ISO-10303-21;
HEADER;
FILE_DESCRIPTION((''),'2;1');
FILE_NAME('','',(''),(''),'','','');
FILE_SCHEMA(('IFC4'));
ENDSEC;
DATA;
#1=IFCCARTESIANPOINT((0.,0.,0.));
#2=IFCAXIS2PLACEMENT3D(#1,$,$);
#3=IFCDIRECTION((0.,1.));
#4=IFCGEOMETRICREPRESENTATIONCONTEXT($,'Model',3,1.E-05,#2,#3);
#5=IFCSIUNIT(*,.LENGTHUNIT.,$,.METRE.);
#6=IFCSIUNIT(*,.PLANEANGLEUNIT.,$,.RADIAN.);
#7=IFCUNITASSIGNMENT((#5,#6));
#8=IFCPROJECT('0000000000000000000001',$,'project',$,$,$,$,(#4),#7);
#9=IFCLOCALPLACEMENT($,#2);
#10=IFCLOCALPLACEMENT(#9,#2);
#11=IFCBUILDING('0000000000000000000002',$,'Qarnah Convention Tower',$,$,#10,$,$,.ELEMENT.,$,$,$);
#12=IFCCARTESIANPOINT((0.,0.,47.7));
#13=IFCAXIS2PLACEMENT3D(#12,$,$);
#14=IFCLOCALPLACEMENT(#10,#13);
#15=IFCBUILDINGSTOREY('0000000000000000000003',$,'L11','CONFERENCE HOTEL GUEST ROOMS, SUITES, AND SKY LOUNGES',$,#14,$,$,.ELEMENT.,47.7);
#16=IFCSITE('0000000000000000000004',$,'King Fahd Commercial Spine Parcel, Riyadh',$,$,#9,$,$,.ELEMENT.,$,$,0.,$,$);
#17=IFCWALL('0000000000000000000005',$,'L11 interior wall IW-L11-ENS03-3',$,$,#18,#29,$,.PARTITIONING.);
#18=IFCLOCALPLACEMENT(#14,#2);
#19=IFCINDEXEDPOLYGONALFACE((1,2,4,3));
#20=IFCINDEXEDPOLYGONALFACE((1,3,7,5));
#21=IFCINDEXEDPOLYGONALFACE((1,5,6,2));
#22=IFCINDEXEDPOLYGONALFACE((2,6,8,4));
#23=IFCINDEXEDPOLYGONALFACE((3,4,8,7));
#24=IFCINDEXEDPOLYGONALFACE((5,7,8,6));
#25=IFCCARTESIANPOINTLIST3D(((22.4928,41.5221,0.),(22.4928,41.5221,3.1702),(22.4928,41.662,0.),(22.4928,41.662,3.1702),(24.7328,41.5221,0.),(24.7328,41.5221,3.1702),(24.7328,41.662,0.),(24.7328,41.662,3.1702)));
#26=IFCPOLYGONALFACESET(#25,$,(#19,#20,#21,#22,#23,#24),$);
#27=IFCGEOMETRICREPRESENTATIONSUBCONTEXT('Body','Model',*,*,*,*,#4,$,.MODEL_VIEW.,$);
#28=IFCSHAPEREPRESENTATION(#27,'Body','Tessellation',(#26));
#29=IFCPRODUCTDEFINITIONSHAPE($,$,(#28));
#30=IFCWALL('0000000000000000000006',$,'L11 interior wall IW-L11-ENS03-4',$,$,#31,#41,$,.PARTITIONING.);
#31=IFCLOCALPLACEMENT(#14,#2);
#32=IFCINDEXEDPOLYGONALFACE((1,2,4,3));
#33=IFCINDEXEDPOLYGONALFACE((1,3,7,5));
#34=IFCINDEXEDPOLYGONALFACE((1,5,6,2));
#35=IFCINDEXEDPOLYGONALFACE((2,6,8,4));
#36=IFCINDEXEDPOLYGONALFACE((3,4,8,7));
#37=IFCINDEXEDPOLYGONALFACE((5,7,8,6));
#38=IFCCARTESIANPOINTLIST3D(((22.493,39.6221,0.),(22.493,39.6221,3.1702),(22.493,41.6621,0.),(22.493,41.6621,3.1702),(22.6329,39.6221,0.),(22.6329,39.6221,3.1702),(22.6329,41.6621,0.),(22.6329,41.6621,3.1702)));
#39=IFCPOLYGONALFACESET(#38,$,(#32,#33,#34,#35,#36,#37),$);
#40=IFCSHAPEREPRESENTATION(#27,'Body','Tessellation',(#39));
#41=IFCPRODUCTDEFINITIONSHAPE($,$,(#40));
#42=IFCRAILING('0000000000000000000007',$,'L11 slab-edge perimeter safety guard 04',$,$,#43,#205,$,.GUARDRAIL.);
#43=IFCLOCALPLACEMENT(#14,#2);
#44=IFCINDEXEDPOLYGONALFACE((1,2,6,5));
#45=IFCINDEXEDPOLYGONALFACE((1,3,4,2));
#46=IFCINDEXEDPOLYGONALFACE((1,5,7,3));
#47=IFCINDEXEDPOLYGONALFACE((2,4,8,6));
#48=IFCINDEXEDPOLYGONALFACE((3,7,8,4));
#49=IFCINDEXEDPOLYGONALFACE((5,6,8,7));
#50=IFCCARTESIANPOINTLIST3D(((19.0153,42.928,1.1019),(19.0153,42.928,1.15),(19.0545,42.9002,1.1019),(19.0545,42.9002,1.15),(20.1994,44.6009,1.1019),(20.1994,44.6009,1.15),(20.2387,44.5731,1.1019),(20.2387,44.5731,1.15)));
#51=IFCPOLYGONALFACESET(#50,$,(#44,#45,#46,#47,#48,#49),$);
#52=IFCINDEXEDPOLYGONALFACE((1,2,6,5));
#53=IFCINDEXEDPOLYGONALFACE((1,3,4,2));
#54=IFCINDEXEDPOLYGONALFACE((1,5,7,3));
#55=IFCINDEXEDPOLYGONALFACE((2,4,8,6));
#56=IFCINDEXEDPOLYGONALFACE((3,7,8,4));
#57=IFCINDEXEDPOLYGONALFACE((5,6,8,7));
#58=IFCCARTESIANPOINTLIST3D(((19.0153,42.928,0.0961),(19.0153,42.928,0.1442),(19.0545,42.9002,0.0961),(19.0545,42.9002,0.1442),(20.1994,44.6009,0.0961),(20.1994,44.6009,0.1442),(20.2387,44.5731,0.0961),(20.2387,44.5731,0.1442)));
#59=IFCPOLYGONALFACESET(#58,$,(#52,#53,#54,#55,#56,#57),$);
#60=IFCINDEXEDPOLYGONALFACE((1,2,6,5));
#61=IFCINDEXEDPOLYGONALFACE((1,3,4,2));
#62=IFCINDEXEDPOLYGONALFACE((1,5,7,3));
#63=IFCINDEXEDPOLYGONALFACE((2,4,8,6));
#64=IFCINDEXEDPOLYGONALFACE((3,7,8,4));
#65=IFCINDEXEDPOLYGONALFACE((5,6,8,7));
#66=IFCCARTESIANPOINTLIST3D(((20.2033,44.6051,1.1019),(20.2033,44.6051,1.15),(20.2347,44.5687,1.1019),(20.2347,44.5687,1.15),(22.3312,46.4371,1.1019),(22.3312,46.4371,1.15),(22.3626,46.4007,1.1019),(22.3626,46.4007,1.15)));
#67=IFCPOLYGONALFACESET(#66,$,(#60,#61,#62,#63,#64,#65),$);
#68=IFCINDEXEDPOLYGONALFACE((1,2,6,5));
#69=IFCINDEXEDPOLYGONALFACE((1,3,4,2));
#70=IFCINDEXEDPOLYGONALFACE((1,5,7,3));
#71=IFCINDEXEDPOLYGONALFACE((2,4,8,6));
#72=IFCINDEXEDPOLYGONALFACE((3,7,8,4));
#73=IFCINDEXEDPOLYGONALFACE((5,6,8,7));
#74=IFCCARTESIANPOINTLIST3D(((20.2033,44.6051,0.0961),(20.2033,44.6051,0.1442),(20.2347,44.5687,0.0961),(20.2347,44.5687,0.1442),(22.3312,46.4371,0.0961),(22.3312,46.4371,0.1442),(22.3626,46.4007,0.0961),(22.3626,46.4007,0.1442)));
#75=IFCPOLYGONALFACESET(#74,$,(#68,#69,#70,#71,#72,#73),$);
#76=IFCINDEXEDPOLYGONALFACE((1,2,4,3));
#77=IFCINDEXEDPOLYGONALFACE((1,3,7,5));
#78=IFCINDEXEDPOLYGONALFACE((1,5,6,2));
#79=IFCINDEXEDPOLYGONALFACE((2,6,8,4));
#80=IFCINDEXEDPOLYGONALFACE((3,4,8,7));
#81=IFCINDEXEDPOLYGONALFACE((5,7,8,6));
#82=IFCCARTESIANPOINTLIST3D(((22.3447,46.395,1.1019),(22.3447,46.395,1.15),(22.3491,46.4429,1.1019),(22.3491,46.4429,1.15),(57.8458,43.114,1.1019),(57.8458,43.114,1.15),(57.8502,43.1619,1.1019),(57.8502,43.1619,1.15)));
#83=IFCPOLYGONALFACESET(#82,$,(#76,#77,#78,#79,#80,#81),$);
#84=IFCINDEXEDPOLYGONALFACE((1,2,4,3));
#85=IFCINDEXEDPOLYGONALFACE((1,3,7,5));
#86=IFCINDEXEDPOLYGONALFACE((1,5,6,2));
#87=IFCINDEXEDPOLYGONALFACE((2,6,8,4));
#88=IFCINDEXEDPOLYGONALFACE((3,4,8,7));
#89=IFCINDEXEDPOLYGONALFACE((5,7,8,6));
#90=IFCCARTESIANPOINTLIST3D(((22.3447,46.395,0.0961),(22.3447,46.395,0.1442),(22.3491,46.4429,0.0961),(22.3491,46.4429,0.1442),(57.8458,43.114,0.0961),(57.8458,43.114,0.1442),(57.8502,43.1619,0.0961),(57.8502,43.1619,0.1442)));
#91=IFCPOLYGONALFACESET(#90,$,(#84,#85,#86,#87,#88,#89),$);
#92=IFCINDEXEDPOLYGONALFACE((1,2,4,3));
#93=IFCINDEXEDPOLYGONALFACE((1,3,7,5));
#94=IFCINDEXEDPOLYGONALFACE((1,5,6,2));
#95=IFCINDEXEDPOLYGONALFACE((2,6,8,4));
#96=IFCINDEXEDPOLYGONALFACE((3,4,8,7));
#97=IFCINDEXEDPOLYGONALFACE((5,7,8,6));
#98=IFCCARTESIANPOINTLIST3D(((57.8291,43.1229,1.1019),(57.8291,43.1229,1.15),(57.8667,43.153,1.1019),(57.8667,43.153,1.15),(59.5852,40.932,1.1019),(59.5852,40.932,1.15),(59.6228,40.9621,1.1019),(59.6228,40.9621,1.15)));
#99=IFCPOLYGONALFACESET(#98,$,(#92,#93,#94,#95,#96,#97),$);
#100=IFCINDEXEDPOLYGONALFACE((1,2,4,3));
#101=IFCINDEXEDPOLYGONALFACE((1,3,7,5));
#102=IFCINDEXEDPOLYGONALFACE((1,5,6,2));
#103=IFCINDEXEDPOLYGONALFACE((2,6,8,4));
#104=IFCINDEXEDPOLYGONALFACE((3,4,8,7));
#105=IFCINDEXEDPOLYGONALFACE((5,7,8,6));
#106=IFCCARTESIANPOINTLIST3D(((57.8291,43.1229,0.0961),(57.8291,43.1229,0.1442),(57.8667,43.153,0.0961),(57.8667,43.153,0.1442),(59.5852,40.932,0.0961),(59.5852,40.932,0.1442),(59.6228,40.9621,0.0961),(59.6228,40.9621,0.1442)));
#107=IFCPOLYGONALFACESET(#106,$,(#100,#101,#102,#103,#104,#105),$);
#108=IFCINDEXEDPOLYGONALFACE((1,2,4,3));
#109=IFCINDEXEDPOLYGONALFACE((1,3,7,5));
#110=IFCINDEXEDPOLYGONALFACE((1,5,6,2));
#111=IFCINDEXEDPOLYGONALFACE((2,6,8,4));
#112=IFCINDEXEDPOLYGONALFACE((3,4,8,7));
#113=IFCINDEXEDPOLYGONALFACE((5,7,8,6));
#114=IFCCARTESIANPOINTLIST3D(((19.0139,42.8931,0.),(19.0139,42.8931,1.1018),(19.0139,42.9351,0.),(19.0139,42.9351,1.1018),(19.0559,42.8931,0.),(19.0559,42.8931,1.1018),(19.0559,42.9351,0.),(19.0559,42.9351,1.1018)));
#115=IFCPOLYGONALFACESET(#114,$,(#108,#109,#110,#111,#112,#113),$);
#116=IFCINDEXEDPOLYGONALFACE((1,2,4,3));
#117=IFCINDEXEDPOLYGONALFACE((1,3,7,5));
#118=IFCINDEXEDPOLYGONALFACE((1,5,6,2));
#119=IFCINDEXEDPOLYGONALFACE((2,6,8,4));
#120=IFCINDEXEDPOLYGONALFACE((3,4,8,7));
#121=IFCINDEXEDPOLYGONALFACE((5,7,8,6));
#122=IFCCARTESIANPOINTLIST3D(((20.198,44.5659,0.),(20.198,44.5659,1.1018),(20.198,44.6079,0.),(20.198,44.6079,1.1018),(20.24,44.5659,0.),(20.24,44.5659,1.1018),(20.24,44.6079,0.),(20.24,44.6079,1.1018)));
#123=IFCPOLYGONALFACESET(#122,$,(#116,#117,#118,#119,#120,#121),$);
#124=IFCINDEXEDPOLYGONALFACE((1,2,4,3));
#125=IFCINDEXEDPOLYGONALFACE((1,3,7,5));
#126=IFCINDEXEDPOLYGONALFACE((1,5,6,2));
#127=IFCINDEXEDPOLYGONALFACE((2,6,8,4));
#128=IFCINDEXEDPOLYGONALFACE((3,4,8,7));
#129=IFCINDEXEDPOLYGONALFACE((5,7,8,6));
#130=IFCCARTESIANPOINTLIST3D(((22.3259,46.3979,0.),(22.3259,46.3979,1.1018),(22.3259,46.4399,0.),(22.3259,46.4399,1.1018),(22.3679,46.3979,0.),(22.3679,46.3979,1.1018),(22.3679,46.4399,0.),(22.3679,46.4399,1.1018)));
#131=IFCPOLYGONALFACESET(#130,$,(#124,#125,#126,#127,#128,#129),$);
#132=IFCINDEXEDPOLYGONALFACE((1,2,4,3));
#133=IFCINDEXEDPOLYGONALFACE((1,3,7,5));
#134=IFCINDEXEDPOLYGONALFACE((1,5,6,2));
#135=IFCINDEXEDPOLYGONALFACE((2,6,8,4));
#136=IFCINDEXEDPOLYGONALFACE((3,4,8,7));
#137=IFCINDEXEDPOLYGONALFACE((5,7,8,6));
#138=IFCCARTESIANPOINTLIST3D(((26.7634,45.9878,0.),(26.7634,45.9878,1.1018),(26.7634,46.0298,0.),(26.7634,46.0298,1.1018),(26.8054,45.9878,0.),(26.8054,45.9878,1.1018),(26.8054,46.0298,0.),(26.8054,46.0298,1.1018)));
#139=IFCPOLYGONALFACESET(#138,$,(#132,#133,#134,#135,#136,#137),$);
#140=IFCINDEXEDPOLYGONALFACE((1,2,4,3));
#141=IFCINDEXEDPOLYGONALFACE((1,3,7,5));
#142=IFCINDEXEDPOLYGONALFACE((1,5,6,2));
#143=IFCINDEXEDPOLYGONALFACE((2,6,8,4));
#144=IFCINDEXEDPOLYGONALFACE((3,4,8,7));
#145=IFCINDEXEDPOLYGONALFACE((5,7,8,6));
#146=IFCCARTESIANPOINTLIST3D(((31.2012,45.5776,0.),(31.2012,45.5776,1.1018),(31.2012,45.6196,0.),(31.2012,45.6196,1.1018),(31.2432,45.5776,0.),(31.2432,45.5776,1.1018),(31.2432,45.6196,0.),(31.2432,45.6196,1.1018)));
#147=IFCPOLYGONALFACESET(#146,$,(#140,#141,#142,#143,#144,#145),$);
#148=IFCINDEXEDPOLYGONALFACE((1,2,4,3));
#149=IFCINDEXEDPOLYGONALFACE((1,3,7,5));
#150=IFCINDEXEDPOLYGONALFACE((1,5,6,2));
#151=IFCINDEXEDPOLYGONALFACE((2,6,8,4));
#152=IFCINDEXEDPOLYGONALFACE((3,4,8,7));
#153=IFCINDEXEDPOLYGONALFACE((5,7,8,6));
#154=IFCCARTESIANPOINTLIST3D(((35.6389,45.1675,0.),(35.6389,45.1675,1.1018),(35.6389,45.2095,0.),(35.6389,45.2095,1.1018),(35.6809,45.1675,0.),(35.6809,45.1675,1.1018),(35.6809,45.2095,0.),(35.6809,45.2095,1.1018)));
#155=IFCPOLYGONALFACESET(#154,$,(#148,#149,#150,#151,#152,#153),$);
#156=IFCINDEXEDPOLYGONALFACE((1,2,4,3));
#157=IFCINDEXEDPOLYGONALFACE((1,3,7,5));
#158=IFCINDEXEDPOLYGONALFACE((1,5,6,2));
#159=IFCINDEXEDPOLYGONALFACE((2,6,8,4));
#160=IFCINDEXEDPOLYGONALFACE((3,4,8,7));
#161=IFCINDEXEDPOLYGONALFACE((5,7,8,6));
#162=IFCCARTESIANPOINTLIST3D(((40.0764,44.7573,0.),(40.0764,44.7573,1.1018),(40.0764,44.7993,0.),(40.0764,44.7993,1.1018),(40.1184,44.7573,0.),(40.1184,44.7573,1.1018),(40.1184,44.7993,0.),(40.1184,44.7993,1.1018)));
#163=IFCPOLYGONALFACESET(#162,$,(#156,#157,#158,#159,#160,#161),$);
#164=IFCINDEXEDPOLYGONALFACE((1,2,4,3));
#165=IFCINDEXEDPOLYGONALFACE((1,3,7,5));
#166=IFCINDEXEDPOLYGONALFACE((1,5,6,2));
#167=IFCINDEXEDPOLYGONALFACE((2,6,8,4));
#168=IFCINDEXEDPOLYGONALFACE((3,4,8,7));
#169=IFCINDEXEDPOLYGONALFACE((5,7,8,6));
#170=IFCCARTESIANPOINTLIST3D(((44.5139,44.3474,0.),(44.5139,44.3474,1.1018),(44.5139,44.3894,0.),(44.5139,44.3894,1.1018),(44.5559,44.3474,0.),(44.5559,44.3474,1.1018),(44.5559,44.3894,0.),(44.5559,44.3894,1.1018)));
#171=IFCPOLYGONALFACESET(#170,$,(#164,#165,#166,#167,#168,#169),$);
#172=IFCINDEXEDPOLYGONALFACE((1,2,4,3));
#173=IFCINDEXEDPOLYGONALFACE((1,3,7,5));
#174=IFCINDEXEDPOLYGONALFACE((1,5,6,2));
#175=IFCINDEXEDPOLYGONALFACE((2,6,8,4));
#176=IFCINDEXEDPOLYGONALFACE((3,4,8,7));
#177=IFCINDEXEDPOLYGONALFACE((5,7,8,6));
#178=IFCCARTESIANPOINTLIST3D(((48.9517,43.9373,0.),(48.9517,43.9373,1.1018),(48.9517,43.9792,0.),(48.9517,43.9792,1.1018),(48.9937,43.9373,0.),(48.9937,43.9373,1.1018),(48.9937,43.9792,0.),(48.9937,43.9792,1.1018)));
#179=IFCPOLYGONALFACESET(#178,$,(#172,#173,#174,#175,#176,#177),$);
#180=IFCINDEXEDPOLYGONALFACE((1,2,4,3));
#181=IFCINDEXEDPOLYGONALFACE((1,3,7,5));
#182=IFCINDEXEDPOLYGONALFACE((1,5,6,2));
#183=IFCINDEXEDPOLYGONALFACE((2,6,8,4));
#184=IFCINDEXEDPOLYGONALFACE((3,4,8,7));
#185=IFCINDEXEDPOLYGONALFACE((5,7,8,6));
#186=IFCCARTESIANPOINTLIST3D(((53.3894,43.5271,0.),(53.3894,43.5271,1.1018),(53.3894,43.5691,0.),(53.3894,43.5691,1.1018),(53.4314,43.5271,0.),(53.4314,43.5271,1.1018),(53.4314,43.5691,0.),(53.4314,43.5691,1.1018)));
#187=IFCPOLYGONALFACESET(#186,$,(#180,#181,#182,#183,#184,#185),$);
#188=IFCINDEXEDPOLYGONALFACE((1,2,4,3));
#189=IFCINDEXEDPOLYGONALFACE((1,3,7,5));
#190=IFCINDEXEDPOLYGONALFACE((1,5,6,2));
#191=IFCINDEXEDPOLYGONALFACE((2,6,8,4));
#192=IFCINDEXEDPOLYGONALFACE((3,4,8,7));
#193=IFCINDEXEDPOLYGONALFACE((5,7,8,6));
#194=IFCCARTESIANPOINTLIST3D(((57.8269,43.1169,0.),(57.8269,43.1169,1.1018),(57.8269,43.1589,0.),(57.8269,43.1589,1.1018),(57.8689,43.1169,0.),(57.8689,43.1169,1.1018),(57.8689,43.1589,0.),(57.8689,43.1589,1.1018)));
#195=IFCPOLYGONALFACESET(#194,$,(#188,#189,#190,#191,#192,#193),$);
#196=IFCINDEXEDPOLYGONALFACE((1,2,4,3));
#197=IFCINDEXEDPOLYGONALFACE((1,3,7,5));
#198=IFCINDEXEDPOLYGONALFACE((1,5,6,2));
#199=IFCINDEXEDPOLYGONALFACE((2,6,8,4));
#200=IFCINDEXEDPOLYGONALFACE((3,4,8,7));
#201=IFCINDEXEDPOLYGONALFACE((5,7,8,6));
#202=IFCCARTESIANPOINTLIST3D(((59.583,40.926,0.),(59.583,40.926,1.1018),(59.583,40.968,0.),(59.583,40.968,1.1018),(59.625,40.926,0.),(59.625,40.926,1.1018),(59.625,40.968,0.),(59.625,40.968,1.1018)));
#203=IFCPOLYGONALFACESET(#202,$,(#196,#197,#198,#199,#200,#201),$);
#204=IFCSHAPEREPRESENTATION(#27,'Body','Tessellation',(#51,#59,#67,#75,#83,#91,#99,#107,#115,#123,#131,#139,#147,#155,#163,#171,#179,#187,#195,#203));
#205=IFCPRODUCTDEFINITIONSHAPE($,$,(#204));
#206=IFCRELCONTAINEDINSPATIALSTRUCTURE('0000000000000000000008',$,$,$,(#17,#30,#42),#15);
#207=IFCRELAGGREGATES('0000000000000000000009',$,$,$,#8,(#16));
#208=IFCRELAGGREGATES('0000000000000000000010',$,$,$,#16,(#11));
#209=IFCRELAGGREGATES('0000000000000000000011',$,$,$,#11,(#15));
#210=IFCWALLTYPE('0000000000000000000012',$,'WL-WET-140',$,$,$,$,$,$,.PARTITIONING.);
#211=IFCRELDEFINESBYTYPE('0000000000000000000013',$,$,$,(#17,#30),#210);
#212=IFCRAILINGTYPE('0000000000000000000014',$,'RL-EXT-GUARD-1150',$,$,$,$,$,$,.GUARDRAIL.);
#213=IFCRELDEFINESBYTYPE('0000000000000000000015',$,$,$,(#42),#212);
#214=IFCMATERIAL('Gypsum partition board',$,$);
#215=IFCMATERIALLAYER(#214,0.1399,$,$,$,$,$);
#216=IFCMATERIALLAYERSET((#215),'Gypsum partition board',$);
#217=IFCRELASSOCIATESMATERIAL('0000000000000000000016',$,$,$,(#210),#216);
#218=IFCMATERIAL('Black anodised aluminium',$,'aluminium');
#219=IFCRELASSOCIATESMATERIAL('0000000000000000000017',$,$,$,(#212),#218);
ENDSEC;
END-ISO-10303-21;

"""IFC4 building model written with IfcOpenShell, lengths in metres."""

from ifc_helpers import new_model, si_unit, direction, frame, frame_2d, origin, origin_2d, place, context, subcontext, project, spatial, rectangle, extrude, material, layer, layer_set, type_object, element, save


model = new_model("IFC4")

# Units and contexts
model_context = context("Model", 3, precision=1e-05, world=origin(), true_north=direction((0.0, 1.0)))
body_context = subcontext(model_context, "Body", "Model", "MODEL_VIEW")
ifc_project = project(units=[si_unit("LENGTHUNIT", "METRE"), si_unit("PLANEANGLEUNIT", "RADIAN")], contexts=[model_context])

# Site, building, storey
site_placement = place(None, origin())
site = spatial("IfcSite", under=ifc_project, at=site_placement, Name="King Fahd Commercial Spine Parcel, Riyadh", CompositionType="ELEMENT", RefElevation=0.0)
building_placement = place(site_placement, origin())
building = spatial("IfcBuilding", under=site, at=building_placement, Name="Qarnah Convention Tower", CompositionType="ELEMENT")
storey_placement = place(building_placement, frame((0.0, 0.0, 47.7)))
storey = spatial("IfcBuildingStorey", under=building, at=storey_placement, Name="L11", Description="CONFERENCE HOTEL GUEST ROOMS, SUITES, AND SKY LOUNGES", CompositionType="ELEMENT", Elevation=47.7)

# Shared definitions
ifc_material_1 = material(Name="Black anodised aluminium", Category="aluminium")

# Shared definitions
ifc_material_2 = material(Name="Gypsum partition board")

# Shared definitions
ifc_layer_1 = layer(ifc_material_2, 0.1399)
ifc_layer_set_1 = layer_set([ifc_layer_1], Name="Gypsum partition board")
wall_type_1 = type_object("IfcWallType", Name="WL-WET-140", PredefinedType="PARTITIONING", material=ifc_layer_set_1)

# Walls
wall_1_placement = place(storey_placement, frame((24.7329, 41.592, 0.0), z_axis=(0.0, 0.0, 1.0), x_axis=(-1.0, 0.0, 0.0)))
element("IfcWall", 1, at=wall_1_placement, inside=storey, type_object=wall_type_1, Name="L11 interior wall IW-L11-ENS03-3", PredefinedType="PARTITIONING", context=body_context, shape_type="SweptSolid", body=[
    extrude(rectangle(XDim=2.24, YDim=0.1399, at=frame_2d((1.1201, 0.0))), origin(), (0.0, 0.0, 1.0), 3.1702),
])
wall_2_placement = place(storey_placement, frame((22.563, 41.6621, 0.0), z_axis=(0.0, 0.0, 1.0), x_axis=(0.0, -1.0, 0.0)))
element("IfcWall", 2, at=wall_2_placement, inside=storey, type_object=wall_type_1, Name="L11 interior wall IW-L11-ENS03-4", PredefinedType="PARTITIONING", context=body_context, shape_type="SweptSolid", body=[
    extrude(rectangle(XDim=2.04, YDim=0.1399, at=frame_2d((1.02, 0.0))), origin(), (0.0, 0.0, 1.0), 3.1702),
])

# Railing
railing_type = type_object("IfcRailingType", Name="RL-EXT-GUARD-1150", PredefinedType="GUARDRAIL", material=ifc_material_1)
railing_1_placement = place(storey_placement, frame((19.0349, 42.9141, 0.0)))
element("IfcRailing", 3, at=railing_1_placement, inside=storey, type_object=railing_type, Name="L11 slab-edge perimeter safety guard 04", PredefinedType="GUARDRAIL", context=body_context, shape_type="SweptSolid", body=[
    extrude(rectangle(XDim=0.0481, YDim=0.0481, at=origin_2d()), frame((0.0, 0.0, 1.126), z_axis=(0.57774, 0.816221, 0.0), x_axis=(-0.816221, 0.57774, 0.0)), (0.0, 0.0, 1.0), 2.0496),
    extrude(rectangle(XDim=0.0481, YDim=0.0481, at=origin_2d()), frame((0.0, 0.0, 0.1201), z_axis=(0.57774, 0.816221, 0.0), x_axis=(-0.816221, 0.57774, 0.0)), (0.0, 0.0, 1.0), 2.0496),
    extrude(rectangle(XDim=0.0481, YDim=0.0481, at=origin_2d()), frame((1.1841, 1.6729, 1.126), z_axis=(0.757831, 0.652451, 0.0), x_axis=(-0.652451, 0.757831, 0.0)), (0.0, 0.0, 1.0), 2.8079),
    extrude(rectangle(XDim=0.0481, YDim=0.0481, at=origin_2d()), frame((1.1841, 1.6729, 0.1201), z_axis=(0.757831, 0.652451, 0.0), x_axis=(-0.652451, 0.757831, 0.0)), (0.0, 0.0, 1.0), 2.8079),
    extrude(rectangle(XDim=0.0481, YDim=0.0481, at=origin_2d()), frame((3.312, 3.5049, 1.126), z_axis=(0.995756, -0.092028, 0.0), x_axis=(0.092028, 0.995756, 0.0)), (0.0, 0.0, 1.0), 35.6523),
    extrude(rectangle(XDim=0.0481, YDim=0.0481, at=origin_2d()), frame((3.312, 3.5049, 0.1201), z_axis=(0.995756, -0.092028, 0.0), x_axis=(0.092028, 0.995756, 0.0)), (0.0, 0.0, 1.0), 35.6523),
    extrude(rectangle(XDim=0.0481, YDim=0.0481, at=origin_2d()), frame((38.813, 0.2239, 1.126), z_axis=(0.625426, -0.780283, 0.0), x_axis=(0.780283, 0.625426, 0.0)), (0.0, 0.0, 1.0), 2.8079),
    extrude(rectangle(XDim=0.0481, YDim=0.0481, at=origin_2d()), frame((38.813, 0.2239, 0.1201), z_axis=(0.625426, -0.780283, 0.0), x_axis=(0.780283, 0.625426, 0.0)), (0.0, 0.0, 1.0), 2.8079),
    extrude(rectangle(XDim=0.042, YDim=0.042, at=origin_2d()), origin(), (0.0, 0.0, 1.0), 1.1018),
    extrude(rectangle(XDim=0.042, YDim=0.042, at=origin_2d()), frame((1.1841, 1.6729, 0.0)), (0.0, 0.0, 1.0), 1.1018),
    extrude(rectangle(XDim=0.042, YDim=0.042, at=origin_2d()), frame((3.312, 3.5049, 0.0)), (0.0, 0.0, 1.0), 1.1018),
    extrude(rectangle(XDim=0.042, YDim=0.042, at=origin_2d()), frame((7.7495, 3.0947, 0.0)), (0.0, 0.0, 1.0), 1.1018),
    extrude(rectangle(XDim=0.042, YDim=0.042, at=origin_2d()), frame((12.1873, 2.6846, 0.0)), (0.0, 0.0, 1.0), 1.1018),
    extrude(rectangle(XDim=0.042, YDim=0.042, at=origin_2d()), frame((16.625, 2.2744, 0.0)), (0.0, 0.0, 1.0), 1.1018),
    extrude(rectangle(XDim=0.042, YDim=0.042, at=origin_2d()), frame((21.0625, 1.8643, 0.0)), (0.0, 0.0, 1.0), 1.1018),
    extrude(rectangle(XDim=0.042, YDim=0.042, at=origin_2d()), frame((25.5, 1.4543, 0.0)), (0.0, 0.0, 1.0), 1.1018),
    extrude(rectangle(XDim=0.042, YDim=0.042, at=origin_2d()), frame((29.9377, 1.0442, 0.0)), (0.0, 0.0, 1.0), 1.1018),
    extrude(rectangle(XDim=0.042, YDim=0.042, at=origin_2d()), frame((34.3755, 0.634, 0.0)), (0.0, 0.0, 1.0), 1.1018),
    extrude(rectangle(XDim=0.042, YDim=0.042, at=origin_2d()), frame((38.813, 0.2239, 0.0)), (0.0, 0.0, 1.0), 1.1018),
    extrude(rectangle(XDim=0.042, YDim=0.042, at=origin_2d()), frame((40.5691, -1.967, 0.0)), (0.0, 0.0, 1.0), 1.1018),
])

save(model, "model.ifc")
